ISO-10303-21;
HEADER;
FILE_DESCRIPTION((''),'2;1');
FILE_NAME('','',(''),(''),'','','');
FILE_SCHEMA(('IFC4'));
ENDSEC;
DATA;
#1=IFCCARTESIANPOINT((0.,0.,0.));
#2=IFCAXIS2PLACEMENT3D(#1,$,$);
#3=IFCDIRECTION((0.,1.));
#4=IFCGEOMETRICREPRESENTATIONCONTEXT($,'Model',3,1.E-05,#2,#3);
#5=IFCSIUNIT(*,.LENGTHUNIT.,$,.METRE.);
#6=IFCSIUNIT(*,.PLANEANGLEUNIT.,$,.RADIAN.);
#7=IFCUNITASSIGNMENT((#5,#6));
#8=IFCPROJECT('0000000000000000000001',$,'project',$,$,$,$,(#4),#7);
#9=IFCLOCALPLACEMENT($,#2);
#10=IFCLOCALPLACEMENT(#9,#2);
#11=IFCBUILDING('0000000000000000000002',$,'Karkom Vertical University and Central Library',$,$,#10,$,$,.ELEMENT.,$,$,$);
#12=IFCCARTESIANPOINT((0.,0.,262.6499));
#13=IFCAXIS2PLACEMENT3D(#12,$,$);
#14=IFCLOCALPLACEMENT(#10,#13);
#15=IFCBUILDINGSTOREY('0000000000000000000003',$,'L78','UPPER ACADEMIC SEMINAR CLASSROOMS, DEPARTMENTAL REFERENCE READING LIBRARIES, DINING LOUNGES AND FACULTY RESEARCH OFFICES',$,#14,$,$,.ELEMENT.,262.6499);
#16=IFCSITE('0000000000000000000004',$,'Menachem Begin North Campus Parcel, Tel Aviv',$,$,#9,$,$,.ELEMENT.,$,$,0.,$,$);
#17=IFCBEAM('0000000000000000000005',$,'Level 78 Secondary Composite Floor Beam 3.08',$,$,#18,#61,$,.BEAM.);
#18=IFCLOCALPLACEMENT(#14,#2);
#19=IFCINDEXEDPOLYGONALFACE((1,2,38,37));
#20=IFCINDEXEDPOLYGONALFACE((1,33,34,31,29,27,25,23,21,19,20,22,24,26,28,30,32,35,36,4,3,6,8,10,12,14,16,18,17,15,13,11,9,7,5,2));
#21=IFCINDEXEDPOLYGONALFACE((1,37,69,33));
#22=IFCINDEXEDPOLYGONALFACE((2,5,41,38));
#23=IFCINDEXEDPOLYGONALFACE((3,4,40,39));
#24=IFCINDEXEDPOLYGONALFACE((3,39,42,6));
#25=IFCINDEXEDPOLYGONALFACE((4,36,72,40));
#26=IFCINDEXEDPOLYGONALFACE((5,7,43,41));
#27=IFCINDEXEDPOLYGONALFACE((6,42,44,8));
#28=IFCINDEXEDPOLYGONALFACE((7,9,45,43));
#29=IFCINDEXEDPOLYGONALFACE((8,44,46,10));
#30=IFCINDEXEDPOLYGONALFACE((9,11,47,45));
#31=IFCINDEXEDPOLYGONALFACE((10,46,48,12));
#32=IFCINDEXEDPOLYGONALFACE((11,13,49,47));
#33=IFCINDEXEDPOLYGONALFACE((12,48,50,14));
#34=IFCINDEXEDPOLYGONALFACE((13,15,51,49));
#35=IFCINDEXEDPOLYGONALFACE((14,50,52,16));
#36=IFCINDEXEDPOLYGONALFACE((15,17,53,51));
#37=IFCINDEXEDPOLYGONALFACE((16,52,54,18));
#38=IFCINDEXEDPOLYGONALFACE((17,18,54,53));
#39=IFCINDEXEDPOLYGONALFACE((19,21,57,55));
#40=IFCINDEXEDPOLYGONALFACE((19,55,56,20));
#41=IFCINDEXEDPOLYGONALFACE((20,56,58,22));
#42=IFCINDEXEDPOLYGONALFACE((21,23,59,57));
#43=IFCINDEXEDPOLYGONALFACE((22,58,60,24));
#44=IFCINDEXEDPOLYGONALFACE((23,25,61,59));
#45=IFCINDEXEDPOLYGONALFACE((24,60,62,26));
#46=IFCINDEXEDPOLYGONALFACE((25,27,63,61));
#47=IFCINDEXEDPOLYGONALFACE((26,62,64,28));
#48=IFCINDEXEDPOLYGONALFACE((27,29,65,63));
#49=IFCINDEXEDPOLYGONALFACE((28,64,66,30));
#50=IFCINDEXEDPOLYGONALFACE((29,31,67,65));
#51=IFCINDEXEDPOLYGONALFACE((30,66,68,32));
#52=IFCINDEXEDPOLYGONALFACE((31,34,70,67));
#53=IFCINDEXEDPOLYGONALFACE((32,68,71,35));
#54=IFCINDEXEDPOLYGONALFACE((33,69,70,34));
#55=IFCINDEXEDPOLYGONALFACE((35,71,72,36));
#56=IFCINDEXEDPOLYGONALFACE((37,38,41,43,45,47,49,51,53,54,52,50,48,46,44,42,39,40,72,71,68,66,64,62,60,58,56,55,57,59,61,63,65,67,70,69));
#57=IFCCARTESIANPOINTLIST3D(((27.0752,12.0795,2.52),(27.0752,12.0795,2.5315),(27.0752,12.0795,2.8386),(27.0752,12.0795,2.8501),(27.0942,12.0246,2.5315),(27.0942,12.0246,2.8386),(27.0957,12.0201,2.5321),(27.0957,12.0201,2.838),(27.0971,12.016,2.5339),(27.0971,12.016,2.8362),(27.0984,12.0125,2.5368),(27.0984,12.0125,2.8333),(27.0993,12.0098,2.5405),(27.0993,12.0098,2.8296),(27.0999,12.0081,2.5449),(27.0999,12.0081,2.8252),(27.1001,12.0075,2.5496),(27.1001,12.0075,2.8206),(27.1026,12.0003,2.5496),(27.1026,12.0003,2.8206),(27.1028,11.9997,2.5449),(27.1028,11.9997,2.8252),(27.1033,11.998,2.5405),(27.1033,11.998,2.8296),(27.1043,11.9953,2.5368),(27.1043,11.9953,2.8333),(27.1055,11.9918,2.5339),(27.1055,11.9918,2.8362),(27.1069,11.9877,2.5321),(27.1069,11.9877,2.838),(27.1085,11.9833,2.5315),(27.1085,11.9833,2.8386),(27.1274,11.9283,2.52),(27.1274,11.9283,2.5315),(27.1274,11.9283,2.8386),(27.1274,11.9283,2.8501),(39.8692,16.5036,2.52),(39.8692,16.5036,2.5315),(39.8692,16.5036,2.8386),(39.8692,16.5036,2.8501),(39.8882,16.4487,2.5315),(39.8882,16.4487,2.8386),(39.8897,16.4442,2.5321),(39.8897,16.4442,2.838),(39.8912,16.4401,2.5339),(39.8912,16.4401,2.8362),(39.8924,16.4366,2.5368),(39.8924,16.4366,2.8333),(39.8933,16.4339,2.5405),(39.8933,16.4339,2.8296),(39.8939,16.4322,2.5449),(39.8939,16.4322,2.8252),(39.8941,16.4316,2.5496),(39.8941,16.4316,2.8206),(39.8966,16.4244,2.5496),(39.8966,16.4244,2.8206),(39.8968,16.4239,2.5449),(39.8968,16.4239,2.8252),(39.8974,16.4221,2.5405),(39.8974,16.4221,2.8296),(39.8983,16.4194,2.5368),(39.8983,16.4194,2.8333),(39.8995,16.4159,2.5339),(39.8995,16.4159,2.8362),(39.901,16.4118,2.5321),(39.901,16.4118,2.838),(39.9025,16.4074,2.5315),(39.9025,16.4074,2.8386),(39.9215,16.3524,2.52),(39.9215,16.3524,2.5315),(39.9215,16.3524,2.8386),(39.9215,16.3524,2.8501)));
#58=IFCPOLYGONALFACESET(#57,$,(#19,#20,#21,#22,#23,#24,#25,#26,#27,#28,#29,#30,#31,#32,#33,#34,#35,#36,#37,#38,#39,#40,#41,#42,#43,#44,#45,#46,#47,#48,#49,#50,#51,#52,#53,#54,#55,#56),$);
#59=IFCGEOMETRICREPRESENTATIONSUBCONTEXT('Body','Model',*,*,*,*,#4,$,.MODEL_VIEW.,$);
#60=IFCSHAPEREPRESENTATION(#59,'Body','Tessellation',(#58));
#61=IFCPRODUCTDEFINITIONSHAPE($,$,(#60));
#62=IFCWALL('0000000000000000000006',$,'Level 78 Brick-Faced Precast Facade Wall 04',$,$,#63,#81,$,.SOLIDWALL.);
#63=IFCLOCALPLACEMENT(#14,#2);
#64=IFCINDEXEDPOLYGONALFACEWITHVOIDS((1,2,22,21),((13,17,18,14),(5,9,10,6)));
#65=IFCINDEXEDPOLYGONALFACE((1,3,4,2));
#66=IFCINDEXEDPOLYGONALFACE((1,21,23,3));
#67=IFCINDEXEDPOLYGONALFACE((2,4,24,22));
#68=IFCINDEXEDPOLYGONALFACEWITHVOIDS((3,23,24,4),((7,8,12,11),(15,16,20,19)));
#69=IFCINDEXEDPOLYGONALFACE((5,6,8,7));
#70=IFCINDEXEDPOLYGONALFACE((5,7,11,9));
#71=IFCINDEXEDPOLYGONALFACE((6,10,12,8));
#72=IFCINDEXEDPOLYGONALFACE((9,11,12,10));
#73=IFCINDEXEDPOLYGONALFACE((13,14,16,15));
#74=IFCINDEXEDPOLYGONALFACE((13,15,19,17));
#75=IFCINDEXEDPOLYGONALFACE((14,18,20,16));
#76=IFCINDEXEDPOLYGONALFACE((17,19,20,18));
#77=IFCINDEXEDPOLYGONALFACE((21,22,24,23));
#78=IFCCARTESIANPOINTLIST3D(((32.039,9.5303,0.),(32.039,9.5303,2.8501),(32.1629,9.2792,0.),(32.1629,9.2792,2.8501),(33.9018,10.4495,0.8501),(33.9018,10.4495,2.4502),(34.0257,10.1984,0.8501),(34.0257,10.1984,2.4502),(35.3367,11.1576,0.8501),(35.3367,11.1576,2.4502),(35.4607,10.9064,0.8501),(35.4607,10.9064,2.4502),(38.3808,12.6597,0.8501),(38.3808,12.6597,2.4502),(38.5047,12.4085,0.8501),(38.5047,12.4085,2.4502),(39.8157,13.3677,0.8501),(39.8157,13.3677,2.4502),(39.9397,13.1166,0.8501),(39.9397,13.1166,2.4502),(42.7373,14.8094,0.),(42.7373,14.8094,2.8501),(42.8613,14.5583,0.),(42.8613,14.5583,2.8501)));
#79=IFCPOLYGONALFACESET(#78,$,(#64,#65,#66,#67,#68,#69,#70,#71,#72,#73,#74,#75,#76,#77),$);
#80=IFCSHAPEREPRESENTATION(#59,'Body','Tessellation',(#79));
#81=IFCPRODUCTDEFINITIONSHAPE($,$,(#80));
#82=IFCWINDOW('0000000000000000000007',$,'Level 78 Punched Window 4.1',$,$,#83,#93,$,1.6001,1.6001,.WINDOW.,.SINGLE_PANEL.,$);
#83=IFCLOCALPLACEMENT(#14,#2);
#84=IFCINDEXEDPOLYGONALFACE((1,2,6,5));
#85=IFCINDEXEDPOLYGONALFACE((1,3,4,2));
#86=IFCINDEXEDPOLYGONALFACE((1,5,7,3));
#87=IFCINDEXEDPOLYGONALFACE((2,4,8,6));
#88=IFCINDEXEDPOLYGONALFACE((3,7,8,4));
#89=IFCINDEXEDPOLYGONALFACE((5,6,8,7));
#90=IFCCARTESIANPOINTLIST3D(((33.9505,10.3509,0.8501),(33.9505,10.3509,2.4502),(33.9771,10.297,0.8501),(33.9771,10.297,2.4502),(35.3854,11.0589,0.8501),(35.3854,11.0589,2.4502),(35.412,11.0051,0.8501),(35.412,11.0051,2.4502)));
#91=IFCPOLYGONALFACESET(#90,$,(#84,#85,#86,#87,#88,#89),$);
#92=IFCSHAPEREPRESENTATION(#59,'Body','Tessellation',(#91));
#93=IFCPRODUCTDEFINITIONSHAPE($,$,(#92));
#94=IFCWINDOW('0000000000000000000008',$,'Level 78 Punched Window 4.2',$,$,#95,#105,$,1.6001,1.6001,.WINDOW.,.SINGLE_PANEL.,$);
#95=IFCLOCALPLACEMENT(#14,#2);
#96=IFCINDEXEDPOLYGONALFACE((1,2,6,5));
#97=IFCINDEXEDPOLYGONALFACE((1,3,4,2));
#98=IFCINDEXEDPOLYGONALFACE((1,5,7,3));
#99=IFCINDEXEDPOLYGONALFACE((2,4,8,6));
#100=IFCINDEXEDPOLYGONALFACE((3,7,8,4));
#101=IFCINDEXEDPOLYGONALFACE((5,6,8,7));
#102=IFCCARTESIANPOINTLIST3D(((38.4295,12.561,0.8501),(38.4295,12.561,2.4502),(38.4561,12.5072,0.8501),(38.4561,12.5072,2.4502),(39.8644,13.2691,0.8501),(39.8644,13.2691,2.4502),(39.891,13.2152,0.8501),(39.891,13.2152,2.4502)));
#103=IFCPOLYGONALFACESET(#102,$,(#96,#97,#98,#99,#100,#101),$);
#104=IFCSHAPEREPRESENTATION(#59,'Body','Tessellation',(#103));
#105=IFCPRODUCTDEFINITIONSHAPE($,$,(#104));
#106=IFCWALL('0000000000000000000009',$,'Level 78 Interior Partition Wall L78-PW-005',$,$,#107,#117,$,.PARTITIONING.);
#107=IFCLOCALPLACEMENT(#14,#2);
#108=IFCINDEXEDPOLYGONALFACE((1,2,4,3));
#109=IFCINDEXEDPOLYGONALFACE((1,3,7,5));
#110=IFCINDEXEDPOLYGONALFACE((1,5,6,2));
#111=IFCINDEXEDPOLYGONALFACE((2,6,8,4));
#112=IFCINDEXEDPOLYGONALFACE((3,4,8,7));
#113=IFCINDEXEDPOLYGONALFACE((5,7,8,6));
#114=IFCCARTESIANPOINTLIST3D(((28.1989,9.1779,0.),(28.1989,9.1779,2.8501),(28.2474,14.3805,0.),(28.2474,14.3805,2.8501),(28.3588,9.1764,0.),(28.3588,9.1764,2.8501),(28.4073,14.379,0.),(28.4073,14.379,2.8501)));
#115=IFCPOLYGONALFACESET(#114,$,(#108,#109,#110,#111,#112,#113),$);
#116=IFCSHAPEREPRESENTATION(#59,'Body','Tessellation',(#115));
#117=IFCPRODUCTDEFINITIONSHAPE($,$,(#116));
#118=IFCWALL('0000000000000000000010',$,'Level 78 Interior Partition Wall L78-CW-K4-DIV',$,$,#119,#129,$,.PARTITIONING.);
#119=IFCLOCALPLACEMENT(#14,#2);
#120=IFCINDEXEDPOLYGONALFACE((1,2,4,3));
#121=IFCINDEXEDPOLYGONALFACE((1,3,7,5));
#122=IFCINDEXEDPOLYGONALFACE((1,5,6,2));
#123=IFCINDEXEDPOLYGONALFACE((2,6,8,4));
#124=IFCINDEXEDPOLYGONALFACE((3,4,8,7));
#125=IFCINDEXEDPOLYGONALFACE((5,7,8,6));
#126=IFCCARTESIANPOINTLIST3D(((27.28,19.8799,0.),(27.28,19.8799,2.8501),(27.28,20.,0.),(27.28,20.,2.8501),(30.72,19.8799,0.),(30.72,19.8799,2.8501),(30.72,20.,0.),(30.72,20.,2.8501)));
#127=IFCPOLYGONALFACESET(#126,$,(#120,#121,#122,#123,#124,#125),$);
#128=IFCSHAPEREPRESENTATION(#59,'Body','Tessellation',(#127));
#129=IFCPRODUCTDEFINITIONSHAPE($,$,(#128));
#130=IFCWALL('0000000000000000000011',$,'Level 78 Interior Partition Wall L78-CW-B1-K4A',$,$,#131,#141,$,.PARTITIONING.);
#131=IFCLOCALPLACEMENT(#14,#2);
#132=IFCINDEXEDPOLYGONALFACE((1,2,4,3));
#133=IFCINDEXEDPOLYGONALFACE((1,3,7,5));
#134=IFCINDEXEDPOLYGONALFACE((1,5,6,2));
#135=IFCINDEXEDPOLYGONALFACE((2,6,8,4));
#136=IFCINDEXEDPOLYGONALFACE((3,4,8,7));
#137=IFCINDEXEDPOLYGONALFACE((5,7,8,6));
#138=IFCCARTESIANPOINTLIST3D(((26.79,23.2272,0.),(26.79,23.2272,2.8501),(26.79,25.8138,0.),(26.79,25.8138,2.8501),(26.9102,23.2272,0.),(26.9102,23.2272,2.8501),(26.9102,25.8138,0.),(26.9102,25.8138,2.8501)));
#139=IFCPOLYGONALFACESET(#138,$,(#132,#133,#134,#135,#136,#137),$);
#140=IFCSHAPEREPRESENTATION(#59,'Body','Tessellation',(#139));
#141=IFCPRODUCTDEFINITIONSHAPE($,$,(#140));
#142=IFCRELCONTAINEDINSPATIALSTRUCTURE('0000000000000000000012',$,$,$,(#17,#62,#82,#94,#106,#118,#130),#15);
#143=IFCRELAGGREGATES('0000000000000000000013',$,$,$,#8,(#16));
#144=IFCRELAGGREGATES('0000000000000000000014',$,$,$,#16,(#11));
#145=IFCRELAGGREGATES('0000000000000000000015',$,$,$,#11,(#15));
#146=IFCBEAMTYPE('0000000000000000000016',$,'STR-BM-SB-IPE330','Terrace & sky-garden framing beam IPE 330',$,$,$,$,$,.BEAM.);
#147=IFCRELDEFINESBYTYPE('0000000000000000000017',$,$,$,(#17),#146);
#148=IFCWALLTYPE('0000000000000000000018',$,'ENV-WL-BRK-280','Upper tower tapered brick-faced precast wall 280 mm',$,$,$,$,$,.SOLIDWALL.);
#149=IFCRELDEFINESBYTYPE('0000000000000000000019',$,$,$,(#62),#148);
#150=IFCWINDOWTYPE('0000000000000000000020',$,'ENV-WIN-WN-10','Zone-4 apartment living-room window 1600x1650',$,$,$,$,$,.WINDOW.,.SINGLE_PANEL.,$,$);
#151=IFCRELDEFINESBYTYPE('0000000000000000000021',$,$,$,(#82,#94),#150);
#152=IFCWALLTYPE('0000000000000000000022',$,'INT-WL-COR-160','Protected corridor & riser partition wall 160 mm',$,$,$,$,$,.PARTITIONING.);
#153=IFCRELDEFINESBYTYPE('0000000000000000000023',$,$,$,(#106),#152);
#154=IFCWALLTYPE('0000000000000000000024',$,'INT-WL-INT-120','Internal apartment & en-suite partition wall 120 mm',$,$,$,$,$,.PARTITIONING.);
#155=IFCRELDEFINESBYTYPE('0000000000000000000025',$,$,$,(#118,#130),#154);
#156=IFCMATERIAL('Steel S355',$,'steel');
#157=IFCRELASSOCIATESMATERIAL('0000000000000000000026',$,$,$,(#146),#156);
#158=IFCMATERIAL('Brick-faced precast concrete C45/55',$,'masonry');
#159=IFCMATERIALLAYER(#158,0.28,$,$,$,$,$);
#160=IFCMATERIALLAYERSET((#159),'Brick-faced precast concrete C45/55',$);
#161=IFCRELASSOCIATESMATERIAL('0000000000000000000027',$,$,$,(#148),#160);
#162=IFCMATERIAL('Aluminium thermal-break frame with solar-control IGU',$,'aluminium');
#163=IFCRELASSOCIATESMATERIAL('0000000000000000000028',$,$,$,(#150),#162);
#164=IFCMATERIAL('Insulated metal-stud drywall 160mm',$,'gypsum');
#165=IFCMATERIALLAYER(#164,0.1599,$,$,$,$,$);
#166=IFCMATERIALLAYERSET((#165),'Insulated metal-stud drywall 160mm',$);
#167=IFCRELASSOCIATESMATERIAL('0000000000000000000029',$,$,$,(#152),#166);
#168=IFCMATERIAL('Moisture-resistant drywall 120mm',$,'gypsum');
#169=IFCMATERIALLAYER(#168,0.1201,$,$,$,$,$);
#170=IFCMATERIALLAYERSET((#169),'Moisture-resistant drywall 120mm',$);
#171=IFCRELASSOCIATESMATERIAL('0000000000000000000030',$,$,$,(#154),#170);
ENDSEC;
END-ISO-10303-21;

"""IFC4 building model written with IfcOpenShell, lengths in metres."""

from ifc_helpers import new_model, si_unit, direction, frame, frame_2d, origin, origin_with_axes, origin_2d, place, context, subcontext, project, spatial, rectangle, i_section, extrude, source, transform, mapped, material, layer, layer_set, material_profile, profile_set, type_object, element, fill, save


model = new_model("IFC4")

# Units and contexts
model_context = context("Model", 3, precision=1e-05, world=origin(), true_north=direction((0.0, 1.0)))
body_context = subcontext(model_context, "Body", "Model", "MODEL_VIEW")
ifc_project = project(units=[si_unit("LENGTHUNIT", "METRE"), si_unit("PLANEANGLEUNIT", "RADIAN")], contexts=[model_context])

# Site, building, storey
site_placement = place(None, origin())
site = spatial("IfcSite", under=ifc_project, at=site_placement, Name="Menachem Begin North Campus Parcel, Tel Aviv", CompositionType="ELEMENT", RefElevation=0.0)
building_placement = place(site_placement, origin())
building = spatial("IfcBuilding", under=site, at=building_placement, Name="Karkom Vertical University and Central Library", CompositionType="ELEMENT")
storey_placement = place(building_placement, frame((0.0, 0.0, 262.6499)))
storey = spatial("IfcBuildingStorey", under=building, at=storey_placement, Name="L78", Description="UPPER ACADEMIC SEMINAR CLASSROOMS, DEPARTMENTAL REFERENCE READING LIBRARIES, DINING LOUNGES AND FACULTY RESEARCH OFFICES", CompositionType="ELEMENT", Elevation=262.6499)

# Beam
ifc_material_1 = material(Name="Steel S355", Category="steel")
ifc_material_profile_1 = material_profile(ifc_material_1, i_section(OverallWidth=0.1599, OverallDepth=0.3301, WebThickness=0.0076, FlangeThickness=0.0115, FilletRadius=0.0181, at=origin_2d()), Name="IPE 330")
ifc_profile_set_1 = profile_set([ifc_material_profile_1], Name="Steel S355")
beam_type_1 = type_object("IfcBeamType", Name="STR-BM-SB-IPE330", Description="Terrace & sky-garden framing beam IPE 330", PredefinedType="BEAM", material=ifc_profile_set_1)
shared_shape_1 = source(origin_with_axes(), body_context, "Body", "SweptSolid", [
    extrude(i_section(OverallWidth=0.1599, OverallDepth=0.3301, WebThickness=0.0076, FlangeThickness=0.0115, FilletRadius=0.0181, at=origin_2d()), origin(), (0.0, 0.0, 1.0), 13.5374),
])
beam_1_placement = place(storey_placement, frame((27.1013, 12.0039, 2.6851), z_axis=(0.945091, 0.326807, 0.0), x_axis=(-0.326807, 0.945091, 0.0)))
element("IfcBeam", 1, at=beam_1_placement, inside=storey, type_object=beam_type_1, Name="Level 78 Secondary Composite Floor Beam 3.08", PredefinedType="BEAM", context=body_context, shape_type="MappedRepresentation", body=[
    mapped(shared_shape_1, transform((0.0, 0.0, 0.0), scale=1.0)),
])

# Wall, openings, windows
ifc_material_2 = material(Name="Brick-faced precast concrete C45/55", Category="masonry")
ifc_layer_1 = layer(ifc_material_2, 0.28)
ifc_layer_set_1 = layer_set([ifc_layer_1], Name="Brick-faced precast concrete C45/55")
wall_type_1 = type_object("IfcWallType", Name="ENV-WL-BRK-280", Description="Upper tower tapered brick-faced precast wall 280 mm", PredefinedType="SOLIDWALL", material=ifc_layer_set_1)
wall_1_placement = place(storey_placement, frame((32.1011, 9.4048, 0.0), z_axis=(0.0, 0.0, 1.0), x_axis=(0.896764, 0.442509, 0.0)))
wall_1 = element("IfcWall", 2, at=wall_1_placement, inside=storey, type_object=wall_type_1, Name="Level 78 Brick-Faced Precast Facade Wall 04", PredefinedType="SOLIDWALL", context=body_context, shape_type="SweptSolid", body=[
    extrude(rectangle(XDim=11.9299, YDim=0.28, at=frame_2d((5.9648, 0.0))), origin(), (0.0, 0.0, 1.0), 2.8501),
])
opening_1_placement = place(wall_1_placement, frame((2.0771, 0.0, 0.8501)))
opening_1 = element("IfcOpeningElement", 3, at=opening_1_placement, cuts=wall_1, PredefinedType="OPENING", context=body_context, shape_type="SweptSolid", body=[
    extrude(rectangle(XDim=1.6001, YDim=1.6001, at=frame_2d((0.8, 0.8))), frame((0.0, 0.1499, 0.0), z_axis=(0.0, -1.0, 0.0), x_axis=(1.0, 0.0, 0.0)), (0.0, 0.0, 1.0), 0.3),
])
opening_2_placement = place(wall_1_placement, frame((7.0718, 0.0, 0.8501)))
opening_2 = element("IfcOpeningElement", 4, at=opening_2_placement, cuts=wall_1, PredefinedType="OPENING", context=body_context, shape_type="SweptSolid", body=[
    extrude(rectangle(XDim=1.6001, YDim=1.6001, at=frame_2d((0.8, 0.8))), frame((0.0, 0.1499, 0.0), z_axis=(0.0, -1.0, 0.0), x_axis=(1.0, 0.0, 0.0)), (0.0, 0.0, 1.0), 0.3),
])
ifc_material_3 = material(Name="Aluminium thermal-break frame with solar-control IGU", Category="aluminium")
window_type = type_object("IfcWindowType", Name="ENV-WIN-WN-10", Description="Zone-4 apartment living-room window 1600x1650", PartitioningType="SINGLE_PANEL", PredefinedType="WINDOW", material=ifc_material_3)
shared_shape_2 = source(origin_with_axes(), body_context, "Body", "SweptSolid", [
    extrude(rectangle(XDim=1.6001, YDim=1.6001, at=frame_2d((0.8, 0.8))), frame((0.0, 0.03, 0.0), z_axis=(0.0, -1.0, 0.0), x_axis=(1.0, 0.0, 0.0)), (0.0, 0.0, 1.0), 0.0601),
])
window_1_placement = place(opening_1_placement, origin())
window_1 = element("IfcWindow", 5, at=window_1_placement, inside=storey, type_object=window_type, Name="Level 78 Punched Window 4.1", OverallHeight=1.6001, OverallWidth=1.6001, PartitioningType="SINGLE_PANEL", PredefinedType="WINDOW", context=body_context, shape_type="MappedRepresentation", body=[
    mapped(shared_shape_2, transform((0.0, 0.0, 0.0), scale=1.0)),
])
fill(opening_1, window_1)
window_2_placement = place(opening_2_placement, origin())
window_2 = element("IfcWindow", 6, at=window_2_placement, inside=storey, type_object=window_type, Name="Level 78 Punched Window 4.2", OverallHeight=1.6001, OverallWidth=1.6001, PartitioningType="SINGLE_PANEL", PredefinedType="WINDOW", context=body_context, shape_type="MappedRepresentation", body=[
    mapped(shared_shape_2, transform((0.0, 0.0, 0.0), scale=1.0)),
])
fill(opening_2, window_2)

# Walls
ifc_material_4 = material(Name="Insulated metal-stud drywall 160mm", Category="gypsum")
ifc_layer_2 = layer(ifc_material_4, 0.1599)
ifc_layer_set_2 = layer_set([ifc_layer_2], Name="Insulated metal-stud drywall 160mm")
wall_type_2 = type_object("IfcWallType", Name="INT-WL-COR-160", Description="Protected corridor & riser partition wall 160 mm", PredefinedType="PARTITIONING", material=ifc_layer_set_2)
wall_2_placement = place(storey_placement, frame((28.3274, 14.3799, 0.0), z_axis=(0.0, 0.0, 1.0), x_axis=(-0.009338, -0.999956, 0.0)))
element("IfcWall", 7, at=wall_2_placement, inside=storey, type_object=wall_type_2, Name="Level 78 Interior Partition Wall L78-PW-005", PredefinedType="PARTITIONING", context=body_context, shape_type="SweptSolid", body=[
    extrude(rectangle(XDim=5.2029, YDim=0.1599, at=frame_2d((2.6016, 0.0))), origin(), (0.0, 0.0, 1.0), 2.8501),
])
ifc_material_5 = material(Name="Moisture-resistant drywall 120mm", Category="gypsum")
ifc_layer_3 = layer(ifc_material_5, 0.1201)
ifc_layer_set_3 = layer_set([ifc_layer_3], Name="Moisture-resistant drywall 120mm")
wall_type_3 = type_object("IfcWallType", Name="INT-WL-INT-120", Description="Internal apartment & en-suite partition wall 120 mm", PredefinedType="PARTITIONING", material=ifc_layer_set_3)
wall_3_placement = place(storey_placement, frame((27.28, 19.9399, 0.0), z_axis=(0.0, 0.0, 1.0), x_axis=(1.0, 0.0, 0.0)))
element("IfcWall", 8, at=wall_3_placement, inside=storey, type_object=wall_type_3, Name="Level 78 Interior Partition Wall L78-CW-K4-DIV", PredefinedType="PARTITIONING", context=body_context, shape_type="SweptSolid", body=[
    extrude(rectangle(XDim=3.4399, YDim=0.1201, at=frame_2d((1.72, 0.0))), origin(), (0.0, 0.0, 1.0), 2.8501),
])
wall_4_placement = place(storey_placement, frame((26.8501, 23.2271, 0.0), z_axis=(0.0, 0.0, 1.0), x_axis=(0.0, 1.0, 0.0)))
element("IfcWall", 9, at=wall_4_placement, inside=storey, type_object=wall_type_3, Name="Level 78 Interior Partition Wall L78-CW-B1-K4A", PredefinedType="PARTITIONING", context=body_context, shape_type="SweptSolid", body=[
    extrude(rectangle(XDim=2.5867, YDim=0.1201, at=frame_2d((1.2935, 0.0))), origin(), (0.0, 0.0, 1.0), 2.8501),
])

save(model, "model.ifc")
